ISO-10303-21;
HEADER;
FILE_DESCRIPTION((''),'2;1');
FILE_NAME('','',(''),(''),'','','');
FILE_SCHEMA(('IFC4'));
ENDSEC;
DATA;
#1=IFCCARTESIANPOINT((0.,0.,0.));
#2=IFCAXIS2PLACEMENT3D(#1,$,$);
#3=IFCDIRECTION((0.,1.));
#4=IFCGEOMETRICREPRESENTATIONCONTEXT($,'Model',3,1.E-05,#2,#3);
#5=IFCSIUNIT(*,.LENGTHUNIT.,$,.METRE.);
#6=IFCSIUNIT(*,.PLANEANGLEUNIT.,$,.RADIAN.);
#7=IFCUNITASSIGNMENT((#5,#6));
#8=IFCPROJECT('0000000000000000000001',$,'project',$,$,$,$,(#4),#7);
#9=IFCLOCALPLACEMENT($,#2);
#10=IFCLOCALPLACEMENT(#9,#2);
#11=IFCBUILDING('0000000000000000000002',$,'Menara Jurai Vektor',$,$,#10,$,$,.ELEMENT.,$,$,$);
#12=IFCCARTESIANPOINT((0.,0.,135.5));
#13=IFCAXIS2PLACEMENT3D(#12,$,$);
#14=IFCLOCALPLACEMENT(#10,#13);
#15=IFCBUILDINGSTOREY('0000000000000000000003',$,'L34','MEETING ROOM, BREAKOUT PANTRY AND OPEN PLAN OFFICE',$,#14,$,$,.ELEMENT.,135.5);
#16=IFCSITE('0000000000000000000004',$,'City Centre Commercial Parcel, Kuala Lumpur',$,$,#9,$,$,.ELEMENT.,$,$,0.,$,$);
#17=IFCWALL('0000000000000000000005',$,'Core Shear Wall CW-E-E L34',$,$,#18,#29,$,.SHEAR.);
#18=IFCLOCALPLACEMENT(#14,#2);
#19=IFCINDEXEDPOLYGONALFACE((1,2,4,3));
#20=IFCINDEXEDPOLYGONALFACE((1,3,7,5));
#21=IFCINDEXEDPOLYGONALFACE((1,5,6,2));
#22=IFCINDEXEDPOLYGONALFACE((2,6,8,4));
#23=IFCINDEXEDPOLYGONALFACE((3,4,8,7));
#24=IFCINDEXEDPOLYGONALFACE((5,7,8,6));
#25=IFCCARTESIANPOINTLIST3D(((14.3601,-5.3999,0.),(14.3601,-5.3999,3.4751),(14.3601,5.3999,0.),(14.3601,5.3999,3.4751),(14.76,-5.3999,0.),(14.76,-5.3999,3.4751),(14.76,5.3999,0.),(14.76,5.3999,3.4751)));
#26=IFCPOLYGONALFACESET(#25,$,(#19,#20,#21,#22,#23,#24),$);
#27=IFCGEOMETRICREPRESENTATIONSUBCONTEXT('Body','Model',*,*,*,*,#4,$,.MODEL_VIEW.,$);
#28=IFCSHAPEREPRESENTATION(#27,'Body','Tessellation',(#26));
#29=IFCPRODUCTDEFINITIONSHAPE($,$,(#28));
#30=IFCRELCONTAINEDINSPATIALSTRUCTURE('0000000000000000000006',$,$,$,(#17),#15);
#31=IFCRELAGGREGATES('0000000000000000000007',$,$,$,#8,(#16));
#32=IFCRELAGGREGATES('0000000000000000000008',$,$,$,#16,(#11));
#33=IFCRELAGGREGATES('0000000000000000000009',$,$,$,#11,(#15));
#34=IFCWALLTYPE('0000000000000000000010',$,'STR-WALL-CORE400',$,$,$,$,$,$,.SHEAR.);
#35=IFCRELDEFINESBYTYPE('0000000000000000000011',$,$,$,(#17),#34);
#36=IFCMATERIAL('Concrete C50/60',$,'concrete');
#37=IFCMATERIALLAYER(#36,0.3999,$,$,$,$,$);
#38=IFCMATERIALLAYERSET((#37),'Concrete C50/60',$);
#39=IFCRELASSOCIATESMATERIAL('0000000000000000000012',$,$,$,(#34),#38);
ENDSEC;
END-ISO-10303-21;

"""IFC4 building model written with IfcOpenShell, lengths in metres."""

from ifc_helpers import new_model, si_unit, direction, frame, frame_2d, origin, place, context, subcontext, project, spatial, rectangle, extrude, material, layer, layer_set, type_object, element, save


model = new_model("IFC4")

# Units and contexts
model_context = context("Model", 3, precision=1e-05, world=origin(), true_north=direction((0.0, 1.0)))
body_context = subcontext(model_context, "Body", "Model", "MODEL_VIEW")
ifc_project = project(units=[si_unit("LENGTHUNIT", "METRE"), si_unit("PLANEANGLEUNIT", "RADIAN")], contexts=[model_context])

# Site, building, storey
site_placement = place(None, origin())
site = spatial("IfcSite", under=ifc_project, at=site_placement, Name="City Centre Commercial Parcel, Kuala Lumpur", CompositionType="ELEMENT", RefElevation=0.0)
building_placement = place(site_placement, origin())
building = spatial("IfcBuilding", under=site, at=building_placement, Name="Menara Jurai Vektor", CompositionType="ELEMENT")
storey_placement = place(building_placement, frame((0.0, 0.0, 135.5)))
storey = spatial("IfcBuildingStorey", under=building, at=storey_placement, Name="L34", Description="MEETING ROOM, BREAKOUT PANTRY AND OPEN PLAN OFFICE", CompositionType="ELEMENT", Elevation=135.5)

# Shared definitions
ifc_material_1 = material(Name="Concrete C50/60", Category="concrete")

# Wall
ifc_layer_1 = layer(ifc_material_1, 0.3999)
ifc_layer_set_1 = layer_set([ifc_layer_1], Name="Concrete C50/60")
wall_type_1 = type_object("IfcWallType", Name="STR-WALL-CORE400", PredefinedType="SHEAR", material=ifc_layer_set_1)
wall_1_placement = place(storey_placement, frame((14.5601, -5.3999, 0.0), z_axis=(0.0, 0.0, 1.0), x_axis=(0.0, 1.0, 0.0)))
element("IfcWall", 1, at=wall_1_placement, inside=storey, type_object=wall_type_1, Name="Core Shear Wall CW-E-E L34", PredefinedType="SHEAR", context=body_context, shape_type="SweptSolid", body=[
    extrude(rectangle(XDim=10.7998, YDim=0.3999, at=frame_2d((5.3999, 0.0))), origin(), (0.0, 0.0, 1.0), 3.4751),
])

save(model, "model.ifc")
